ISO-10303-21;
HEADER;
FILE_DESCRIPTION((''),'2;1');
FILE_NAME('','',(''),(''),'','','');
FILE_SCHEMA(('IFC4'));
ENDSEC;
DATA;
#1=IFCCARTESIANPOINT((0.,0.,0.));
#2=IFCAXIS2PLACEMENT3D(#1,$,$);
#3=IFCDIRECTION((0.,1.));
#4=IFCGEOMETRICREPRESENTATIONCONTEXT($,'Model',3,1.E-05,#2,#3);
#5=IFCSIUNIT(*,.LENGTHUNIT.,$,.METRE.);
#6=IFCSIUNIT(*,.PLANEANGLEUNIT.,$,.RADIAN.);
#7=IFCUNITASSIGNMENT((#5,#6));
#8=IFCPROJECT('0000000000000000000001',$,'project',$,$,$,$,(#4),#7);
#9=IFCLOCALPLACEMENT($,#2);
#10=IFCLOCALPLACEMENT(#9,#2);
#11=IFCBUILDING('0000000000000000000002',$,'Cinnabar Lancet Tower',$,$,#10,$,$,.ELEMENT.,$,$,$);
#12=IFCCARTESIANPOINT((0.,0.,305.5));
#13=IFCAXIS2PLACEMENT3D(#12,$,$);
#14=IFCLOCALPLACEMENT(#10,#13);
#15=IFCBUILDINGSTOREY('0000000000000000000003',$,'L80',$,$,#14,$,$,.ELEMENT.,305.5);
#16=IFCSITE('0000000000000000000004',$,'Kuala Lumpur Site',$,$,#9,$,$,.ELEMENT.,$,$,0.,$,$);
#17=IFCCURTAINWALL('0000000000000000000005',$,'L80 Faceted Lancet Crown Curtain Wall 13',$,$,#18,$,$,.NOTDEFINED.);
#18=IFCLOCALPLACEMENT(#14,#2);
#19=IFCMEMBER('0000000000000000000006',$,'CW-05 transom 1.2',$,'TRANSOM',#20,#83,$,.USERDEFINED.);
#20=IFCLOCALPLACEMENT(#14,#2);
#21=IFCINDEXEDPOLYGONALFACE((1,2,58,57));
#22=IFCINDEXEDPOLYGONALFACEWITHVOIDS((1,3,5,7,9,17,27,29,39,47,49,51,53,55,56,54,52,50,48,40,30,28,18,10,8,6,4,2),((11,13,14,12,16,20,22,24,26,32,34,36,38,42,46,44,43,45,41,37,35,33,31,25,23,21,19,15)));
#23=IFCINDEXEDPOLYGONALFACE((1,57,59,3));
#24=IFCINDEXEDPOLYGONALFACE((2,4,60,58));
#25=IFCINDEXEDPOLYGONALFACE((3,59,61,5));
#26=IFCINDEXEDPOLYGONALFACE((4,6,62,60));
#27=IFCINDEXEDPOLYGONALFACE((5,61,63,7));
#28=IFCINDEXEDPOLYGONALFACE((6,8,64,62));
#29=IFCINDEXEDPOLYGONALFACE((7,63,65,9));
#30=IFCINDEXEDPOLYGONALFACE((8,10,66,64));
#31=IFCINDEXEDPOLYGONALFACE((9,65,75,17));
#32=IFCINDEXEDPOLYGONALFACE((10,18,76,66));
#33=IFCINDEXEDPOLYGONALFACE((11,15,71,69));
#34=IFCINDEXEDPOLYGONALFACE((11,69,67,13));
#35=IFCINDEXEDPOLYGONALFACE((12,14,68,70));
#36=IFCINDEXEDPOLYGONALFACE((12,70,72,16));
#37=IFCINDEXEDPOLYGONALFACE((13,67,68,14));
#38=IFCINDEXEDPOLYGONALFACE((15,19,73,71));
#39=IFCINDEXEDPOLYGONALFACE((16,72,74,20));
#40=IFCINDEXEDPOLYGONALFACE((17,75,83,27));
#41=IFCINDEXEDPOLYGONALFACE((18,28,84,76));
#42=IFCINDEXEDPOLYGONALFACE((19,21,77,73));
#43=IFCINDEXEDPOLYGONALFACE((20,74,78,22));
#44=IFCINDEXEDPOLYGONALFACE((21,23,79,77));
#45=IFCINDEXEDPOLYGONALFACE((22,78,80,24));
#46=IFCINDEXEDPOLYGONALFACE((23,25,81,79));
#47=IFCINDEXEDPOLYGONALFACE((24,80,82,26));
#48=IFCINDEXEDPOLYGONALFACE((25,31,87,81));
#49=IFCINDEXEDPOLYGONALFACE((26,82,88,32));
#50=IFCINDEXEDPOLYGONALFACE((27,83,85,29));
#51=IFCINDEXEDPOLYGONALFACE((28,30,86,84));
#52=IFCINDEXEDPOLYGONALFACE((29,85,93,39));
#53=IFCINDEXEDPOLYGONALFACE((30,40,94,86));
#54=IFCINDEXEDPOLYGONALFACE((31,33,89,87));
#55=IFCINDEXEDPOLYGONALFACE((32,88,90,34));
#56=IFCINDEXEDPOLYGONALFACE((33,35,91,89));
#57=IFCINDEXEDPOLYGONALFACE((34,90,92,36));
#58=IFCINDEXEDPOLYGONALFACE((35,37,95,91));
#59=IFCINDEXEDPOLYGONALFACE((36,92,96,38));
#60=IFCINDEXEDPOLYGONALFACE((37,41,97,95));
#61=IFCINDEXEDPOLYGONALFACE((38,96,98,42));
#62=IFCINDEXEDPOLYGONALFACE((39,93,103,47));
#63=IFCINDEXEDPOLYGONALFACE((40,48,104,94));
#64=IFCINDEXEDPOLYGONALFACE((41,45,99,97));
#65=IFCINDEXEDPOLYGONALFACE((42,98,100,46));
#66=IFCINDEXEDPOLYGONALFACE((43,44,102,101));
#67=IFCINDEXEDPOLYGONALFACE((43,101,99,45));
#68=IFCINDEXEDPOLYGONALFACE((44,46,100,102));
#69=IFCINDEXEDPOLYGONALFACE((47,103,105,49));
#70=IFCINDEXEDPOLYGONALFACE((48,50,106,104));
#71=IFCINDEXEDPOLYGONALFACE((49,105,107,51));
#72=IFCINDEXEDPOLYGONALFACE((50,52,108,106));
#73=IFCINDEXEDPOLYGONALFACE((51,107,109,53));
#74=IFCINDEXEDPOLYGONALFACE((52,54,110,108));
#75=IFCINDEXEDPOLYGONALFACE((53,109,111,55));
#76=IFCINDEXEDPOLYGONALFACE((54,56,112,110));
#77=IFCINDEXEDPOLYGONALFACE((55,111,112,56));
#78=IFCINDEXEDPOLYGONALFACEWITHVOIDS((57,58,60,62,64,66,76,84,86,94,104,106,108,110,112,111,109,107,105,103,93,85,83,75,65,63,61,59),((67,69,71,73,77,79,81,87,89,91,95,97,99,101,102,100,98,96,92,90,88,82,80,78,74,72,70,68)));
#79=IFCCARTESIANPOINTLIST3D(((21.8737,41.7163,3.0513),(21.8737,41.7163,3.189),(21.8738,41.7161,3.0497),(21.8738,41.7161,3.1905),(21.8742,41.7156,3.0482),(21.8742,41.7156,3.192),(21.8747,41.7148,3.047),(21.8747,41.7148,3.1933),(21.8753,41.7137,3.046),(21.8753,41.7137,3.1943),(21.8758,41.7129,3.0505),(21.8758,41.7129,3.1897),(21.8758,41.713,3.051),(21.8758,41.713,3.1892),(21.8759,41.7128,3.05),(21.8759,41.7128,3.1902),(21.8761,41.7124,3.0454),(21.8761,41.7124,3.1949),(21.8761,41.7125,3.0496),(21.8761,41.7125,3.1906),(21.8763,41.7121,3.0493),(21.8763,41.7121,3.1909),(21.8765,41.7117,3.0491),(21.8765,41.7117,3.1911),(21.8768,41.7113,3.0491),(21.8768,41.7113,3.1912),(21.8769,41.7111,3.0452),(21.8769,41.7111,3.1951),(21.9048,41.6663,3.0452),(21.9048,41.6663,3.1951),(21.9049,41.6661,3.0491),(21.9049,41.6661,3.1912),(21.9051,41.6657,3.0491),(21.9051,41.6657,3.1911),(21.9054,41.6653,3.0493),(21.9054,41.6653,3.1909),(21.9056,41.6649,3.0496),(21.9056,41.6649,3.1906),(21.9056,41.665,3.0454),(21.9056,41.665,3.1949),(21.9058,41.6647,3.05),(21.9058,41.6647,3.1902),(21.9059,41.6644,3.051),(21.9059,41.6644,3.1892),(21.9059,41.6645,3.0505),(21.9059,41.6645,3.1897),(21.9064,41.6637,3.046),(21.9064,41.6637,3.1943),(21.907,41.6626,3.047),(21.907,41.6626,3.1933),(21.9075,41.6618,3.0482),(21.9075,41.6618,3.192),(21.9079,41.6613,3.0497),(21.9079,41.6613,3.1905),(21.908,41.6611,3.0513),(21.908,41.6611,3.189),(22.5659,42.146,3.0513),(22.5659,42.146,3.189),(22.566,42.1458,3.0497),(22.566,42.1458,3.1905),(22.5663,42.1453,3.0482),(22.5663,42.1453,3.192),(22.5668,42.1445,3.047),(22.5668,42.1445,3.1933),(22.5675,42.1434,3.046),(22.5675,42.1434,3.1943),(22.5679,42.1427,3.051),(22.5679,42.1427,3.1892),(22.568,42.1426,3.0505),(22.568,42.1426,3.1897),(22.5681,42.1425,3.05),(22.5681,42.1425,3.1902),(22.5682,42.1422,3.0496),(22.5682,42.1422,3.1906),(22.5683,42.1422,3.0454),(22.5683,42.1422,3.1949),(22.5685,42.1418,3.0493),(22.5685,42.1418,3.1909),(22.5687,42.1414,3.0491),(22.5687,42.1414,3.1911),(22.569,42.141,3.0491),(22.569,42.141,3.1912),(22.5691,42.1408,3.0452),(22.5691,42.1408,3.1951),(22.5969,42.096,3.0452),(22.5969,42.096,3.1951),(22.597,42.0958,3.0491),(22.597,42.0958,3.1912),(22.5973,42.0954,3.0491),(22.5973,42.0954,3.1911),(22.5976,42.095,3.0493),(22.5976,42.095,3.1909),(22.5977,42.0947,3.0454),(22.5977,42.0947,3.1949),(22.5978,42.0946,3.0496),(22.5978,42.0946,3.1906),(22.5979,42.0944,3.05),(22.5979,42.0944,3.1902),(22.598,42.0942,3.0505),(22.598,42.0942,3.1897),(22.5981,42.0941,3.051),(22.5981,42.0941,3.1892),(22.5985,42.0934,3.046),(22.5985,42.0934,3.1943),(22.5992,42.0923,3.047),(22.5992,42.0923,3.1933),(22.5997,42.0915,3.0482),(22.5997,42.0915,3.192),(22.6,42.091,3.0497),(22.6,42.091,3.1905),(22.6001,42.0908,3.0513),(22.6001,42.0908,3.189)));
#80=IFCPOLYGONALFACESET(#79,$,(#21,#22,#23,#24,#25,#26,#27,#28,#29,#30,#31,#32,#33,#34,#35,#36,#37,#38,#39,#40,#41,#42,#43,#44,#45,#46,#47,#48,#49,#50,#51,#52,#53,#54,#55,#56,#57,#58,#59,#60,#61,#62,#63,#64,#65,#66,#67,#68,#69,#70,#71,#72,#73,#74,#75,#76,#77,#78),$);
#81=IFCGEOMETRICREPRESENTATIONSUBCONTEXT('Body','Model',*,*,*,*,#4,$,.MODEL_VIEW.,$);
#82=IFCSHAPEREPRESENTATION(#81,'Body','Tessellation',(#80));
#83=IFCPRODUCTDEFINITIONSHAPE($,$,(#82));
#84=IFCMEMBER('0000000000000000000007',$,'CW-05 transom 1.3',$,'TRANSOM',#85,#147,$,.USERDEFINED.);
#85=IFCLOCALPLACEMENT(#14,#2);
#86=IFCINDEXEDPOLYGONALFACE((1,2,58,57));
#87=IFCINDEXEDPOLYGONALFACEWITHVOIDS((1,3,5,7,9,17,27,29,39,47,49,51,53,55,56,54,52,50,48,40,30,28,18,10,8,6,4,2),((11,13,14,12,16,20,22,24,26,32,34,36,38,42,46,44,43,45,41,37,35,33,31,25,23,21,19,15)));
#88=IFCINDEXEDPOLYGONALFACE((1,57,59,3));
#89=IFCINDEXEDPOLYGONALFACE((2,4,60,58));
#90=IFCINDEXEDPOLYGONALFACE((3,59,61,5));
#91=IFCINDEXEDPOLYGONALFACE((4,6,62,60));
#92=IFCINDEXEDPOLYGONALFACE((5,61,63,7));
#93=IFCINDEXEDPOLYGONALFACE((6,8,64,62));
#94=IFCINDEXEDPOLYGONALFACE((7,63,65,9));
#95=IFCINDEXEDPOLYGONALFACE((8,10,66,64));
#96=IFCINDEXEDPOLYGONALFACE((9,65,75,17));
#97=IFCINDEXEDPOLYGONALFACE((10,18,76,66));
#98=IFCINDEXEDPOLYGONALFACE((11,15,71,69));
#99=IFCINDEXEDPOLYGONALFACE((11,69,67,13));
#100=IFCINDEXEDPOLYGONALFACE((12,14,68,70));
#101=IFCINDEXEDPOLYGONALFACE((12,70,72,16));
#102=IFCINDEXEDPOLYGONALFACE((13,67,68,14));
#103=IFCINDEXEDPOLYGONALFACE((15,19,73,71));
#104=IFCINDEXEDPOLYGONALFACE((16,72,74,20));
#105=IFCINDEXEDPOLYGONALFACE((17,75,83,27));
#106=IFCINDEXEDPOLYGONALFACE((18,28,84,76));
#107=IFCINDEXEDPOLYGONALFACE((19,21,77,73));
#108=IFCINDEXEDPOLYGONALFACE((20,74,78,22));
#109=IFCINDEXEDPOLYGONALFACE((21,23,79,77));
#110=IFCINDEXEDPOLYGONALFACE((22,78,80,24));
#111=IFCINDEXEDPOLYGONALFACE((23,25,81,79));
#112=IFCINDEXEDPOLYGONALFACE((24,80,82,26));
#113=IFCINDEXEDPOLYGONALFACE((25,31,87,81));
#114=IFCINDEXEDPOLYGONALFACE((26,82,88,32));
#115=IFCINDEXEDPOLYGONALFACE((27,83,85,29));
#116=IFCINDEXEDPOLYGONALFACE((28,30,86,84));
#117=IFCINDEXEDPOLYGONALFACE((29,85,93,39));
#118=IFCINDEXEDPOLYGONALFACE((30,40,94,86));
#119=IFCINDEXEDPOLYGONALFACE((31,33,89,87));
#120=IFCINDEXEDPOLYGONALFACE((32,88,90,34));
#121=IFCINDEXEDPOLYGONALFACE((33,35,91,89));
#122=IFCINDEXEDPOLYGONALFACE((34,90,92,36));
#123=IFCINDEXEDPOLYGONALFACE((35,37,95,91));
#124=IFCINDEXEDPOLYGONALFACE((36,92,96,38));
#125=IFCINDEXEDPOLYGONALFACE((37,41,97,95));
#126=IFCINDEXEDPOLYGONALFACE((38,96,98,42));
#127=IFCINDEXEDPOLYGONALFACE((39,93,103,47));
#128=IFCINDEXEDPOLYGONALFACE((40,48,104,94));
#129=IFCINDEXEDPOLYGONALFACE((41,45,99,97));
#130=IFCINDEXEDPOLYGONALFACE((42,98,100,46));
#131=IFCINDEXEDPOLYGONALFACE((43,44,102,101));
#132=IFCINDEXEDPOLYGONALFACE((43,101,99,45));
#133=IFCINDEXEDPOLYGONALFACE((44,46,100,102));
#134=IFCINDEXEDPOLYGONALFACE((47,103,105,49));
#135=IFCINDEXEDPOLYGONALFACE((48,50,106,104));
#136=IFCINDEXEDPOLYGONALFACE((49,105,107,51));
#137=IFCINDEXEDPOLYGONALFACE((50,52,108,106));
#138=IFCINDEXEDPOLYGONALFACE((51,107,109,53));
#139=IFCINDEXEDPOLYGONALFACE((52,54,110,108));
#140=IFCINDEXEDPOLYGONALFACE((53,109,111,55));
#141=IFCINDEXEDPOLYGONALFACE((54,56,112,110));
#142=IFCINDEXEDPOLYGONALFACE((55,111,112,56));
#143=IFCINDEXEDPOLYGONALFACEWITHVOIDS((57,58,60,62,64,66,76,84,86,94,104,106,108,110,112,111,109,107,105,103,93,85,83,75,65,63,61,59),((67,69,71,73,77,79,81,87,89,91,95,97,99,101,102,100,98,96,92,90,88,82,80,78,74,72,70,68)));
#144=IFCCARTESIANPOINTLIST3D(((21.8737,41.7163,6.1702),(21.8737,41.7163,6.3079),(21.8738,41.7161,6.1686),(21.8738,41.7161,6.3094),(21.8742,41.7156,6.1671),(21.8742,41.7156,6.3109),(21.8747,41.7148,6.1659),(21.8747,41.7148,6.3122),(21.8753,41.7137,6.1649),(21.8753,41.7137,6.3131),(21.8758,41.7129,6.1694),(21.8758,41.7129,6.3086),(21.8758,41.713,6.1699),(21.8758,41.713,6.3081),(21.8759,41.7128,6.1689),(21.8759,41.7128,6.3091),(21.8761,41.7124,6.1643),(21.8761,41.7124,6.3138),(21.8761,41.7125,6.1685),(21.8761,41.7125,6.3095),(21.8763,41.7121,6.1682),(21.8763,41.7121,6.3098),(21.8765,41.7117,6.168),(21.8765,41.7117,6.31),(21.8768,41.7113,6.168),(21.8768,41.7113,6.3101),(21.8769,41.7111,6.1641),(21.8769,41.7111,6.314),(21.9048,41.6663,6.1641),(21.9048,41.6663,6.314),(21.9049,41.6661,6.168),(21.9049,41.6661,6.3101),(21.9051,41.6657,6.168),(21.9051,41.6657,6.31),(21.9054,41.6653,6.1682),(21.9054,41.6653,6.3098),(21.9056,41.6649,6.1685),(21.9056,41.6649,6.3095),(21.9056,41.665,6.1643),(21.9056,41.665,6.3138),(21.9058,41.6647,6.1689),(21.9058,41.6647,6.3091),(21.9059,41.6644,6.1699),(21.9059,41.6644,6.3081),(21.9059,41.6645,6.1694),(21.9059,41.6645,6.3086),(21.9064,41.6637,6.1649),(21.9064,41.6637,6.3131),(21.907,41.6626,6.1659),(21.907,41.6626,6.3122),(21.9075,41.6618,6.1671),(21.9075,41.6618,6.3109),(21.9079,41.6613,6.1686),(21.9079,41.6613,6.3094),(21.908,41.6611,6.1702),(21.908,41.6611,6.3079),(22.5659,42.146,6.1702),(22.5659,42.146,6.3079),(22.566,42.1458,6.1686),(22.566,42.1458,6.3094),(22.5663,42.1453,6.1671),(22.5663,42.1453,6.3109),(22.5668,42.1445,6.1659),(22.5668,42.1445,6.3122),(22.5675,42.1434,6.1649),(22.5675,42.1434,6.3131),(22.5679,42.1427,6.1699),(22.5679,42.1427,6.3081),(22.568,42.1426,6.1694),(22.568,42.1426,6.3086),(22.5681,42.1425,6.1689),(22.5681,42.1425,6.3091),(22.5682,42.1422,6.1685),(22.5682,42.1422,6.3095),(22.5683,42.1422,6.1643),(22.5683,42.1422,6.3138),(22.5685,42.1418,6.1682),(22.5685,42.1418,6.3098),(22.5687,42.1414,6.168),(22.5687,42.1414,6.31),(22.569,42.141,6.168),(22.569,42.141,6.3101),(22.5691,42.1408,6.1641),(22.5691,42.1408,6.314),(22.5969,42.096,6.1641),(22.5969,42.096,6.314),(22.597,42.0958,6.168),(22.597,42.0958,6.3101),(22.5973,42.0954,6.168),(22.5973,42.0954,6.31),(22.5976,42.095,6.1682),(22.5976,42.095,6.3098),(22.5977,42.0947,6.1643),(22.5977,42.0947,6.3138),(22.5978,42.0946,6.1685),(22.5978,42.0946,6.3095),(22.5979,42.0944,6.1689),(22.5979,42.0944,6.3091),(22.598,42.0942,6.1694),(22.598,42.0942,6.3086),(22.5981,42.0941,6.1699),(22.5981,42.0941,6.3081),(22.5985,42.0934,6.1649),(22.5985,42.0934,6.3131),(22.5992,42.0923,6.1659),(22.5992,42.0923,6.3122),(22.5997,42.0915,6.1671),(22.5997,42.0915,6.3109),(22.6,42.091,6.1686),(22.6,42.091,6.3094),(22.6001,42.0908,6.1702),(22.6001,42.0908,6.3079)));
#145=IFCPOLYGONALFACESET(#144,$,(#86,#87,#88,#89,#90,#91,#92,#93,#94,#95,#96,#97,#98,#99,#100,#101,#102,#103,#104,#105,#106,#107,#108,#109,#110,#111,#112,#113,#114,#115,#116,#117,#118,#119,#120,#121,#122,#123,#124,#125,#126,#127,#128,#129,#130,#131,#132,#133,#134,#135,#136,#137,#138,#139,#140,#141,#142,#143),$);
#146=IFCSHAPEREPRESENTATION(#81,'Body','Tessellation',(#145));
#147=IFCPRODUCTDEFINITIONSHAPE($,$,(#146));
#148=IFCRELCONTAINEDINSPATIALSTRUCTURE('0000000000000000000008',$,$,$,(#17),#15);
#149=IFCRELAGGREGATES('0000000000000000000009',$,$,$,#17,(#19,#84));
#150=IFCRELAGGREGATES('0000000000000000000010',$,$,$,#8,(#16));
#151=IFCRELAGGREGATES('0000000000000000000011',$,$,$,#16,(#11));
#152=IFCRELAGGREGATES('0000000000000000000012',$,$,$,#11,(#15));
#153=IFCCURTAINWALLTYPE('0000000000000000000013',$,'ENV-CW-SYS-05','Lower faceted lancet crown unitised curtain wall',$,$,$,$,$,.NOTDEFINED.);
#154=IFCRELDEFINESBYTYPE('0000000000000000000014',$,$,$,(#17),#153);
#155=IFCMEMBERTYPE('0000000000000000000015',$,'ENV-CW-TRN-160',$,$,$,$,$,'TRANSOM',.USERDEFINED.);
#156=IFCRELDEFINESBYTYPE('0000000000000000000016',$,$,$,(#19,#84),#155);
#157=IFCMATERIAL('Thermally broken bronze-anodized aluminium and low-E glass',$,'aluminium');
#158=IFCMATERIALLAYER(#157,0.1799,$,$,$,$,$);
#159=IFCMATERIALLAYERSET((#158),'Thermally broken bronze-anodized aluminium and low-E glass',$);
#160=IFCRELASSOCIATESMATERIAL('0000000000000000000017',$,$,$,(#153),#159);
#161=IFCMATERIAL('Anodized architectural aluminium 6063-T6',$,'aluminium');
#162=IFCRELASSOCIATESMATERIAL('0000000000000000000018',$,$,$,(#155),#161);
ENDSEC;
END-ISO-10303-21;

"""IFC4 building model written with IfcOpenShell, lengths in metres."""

from ifc_helpers import new_model, si_unit, direction, frame, origin, origin_2d, place, context, subcontext, project, spatial, hollow_rectangle, extrude, material, layer, layer_set, material_profile, profile_set, type_object, element, aggregate, save


model = new_model("IFC4")

# Units and contexts
model_context = context("Model", 3, precision=1e-05, world=origin(), true_north=direction((0.0, 1.0)))
body_context = subcontext(model_context, "Body", "Model", "MODEL_VIEW")
ifc_project = project(units=[si_unit("LENGTHUNIT", "METRE"), si_unit("PLANEANGLEUNIT", "RADIAN")], contexts=[model_context])

# Site, building, storey
site_placement = place(None, origin())
site = spatial("IfcSite", under=ifc_project, at=site_placement, Name="Kuala Lumpur Site", CompositionType="ELEMENT", RefElevation=0.0)
building_placement = place(site_placement, origin())
building = spatial("IfcBuilding", under=site, at=building_placement, Name="Cinnabar Lancet Tower", CompositionType="ELEMENT")
storey_placement = place(building_placement, frame((0.0, 0.0, 305.5)))
storey = spatial("IfcBuildingStorey", under=building, at=storey_placement, Name="L80", CompositionType="ELEMENT", Elevation=305.5)

# Curtain wall
ifc_material_1 = material(Name="Thermally broken bronze-anodized aluminium and low-E glass", Category="aluminium")
ifc_layer_1 = layer(ifc_material_1, 0.1799)
ifc_layer_set_1 = layer_set([ifc_layer_1], Name="Thermally broken bronze-anodized aluminium and low-E glass")
curtain_wall_type = type_object("IfcCurtainWallType", Name="ENV-CW-SYS-05", Description="Lower faceted lancet crown unitised curtain wall", PredefinedType="NOTDEFINED", material=ifc_layer_set_1)
curtain_wall_1_placement = place(storey_placement, origin())
curtain_wall_1 = element("IfcCurtainWall", 1, at=curtain_wall_1_placement, inside=storey, type_object=curtain_wall_type, Name="L80 Faceted Lancet Crown Curtain Wall 13", PredefinedType="NOTDEFINED")

# Members
ifc_material_2 = material(Name="Anodized architectural aluminium 6063-T6", Category="aluminium")
ifc_material_profile_1 = material_profile(ifc_material_2, hollow_rectangle(XDim=0.0649, YDim=0.1499, WallThickness=0.0039, InnerFilletRadius=0.002, OuterFilletRadius=0.0061, at=origin_2d()), Name="CW-TRN 150x65x4")
ifc_profile_set_1 = profile_set([ifc_material_profile_1], Name="Anodized architectural aluminium 6063-T6")
member_type_1 = type_object("IfcMemberType", Name="ENV-CW-TRN-160", ElementType="TRANSOM", PredefinedType="USERDEFINED", material=ifc_profile_set_1)
member_1_placement = place(storey_placement, frame((22.583, 42.1184, 3.1201), z_axis=(-0.849594, -0.527437, 0.0), x_axis=(0.527437, -0.849594, 0.0)))
member_1 = element("IfcMember", 2, at=member_1_placement, type_object=member_type_1, Name="CW-05 transom 1.2", ObjectType="TRANSOM", PredefinedType="USERDEFINED", context=body_context, shape_type="SweptSolid", body=[
    extrude(hollow_rectangle(XDim=0.0649, YDim=0.1499, WallThickness=0.0039, InnerFilletRadius=0.002, OuterFilletRadius=0.0061, at=origin_2d()), origin(), (0.0, 0.0, 1.0), 0.8147),
])
member_2_placement = place(storey_placement, frame((22.583, 42.1184, 6.239), z_axis=(-0.849594, -0.527437, 0.0), x_axis=(0.527437, -0.849594, 0.0)))
member_2 = element("IfcMember", 3, at=member_2_placement, type_object=member_type_1, Name="CW-05 transom 1.3", ObjectType="TRANSOM", PredefinedType="USERDEFINED", context=body_context, shape_type="SweptSolid", body=[
    extrude(hollow_rectangle(XDim=0.0649, YDim=0.1499, WallThickness=0.0039, InnerFilletRadius=0.002, OuterFilletRadius=0.0061, at=origin_2d()), origin(), (0.0, 0.0, 1.0), 0.8147),
])

aggregate(curtain_wall_1, [member_1, member_2])

save(model, "model.ifc")
